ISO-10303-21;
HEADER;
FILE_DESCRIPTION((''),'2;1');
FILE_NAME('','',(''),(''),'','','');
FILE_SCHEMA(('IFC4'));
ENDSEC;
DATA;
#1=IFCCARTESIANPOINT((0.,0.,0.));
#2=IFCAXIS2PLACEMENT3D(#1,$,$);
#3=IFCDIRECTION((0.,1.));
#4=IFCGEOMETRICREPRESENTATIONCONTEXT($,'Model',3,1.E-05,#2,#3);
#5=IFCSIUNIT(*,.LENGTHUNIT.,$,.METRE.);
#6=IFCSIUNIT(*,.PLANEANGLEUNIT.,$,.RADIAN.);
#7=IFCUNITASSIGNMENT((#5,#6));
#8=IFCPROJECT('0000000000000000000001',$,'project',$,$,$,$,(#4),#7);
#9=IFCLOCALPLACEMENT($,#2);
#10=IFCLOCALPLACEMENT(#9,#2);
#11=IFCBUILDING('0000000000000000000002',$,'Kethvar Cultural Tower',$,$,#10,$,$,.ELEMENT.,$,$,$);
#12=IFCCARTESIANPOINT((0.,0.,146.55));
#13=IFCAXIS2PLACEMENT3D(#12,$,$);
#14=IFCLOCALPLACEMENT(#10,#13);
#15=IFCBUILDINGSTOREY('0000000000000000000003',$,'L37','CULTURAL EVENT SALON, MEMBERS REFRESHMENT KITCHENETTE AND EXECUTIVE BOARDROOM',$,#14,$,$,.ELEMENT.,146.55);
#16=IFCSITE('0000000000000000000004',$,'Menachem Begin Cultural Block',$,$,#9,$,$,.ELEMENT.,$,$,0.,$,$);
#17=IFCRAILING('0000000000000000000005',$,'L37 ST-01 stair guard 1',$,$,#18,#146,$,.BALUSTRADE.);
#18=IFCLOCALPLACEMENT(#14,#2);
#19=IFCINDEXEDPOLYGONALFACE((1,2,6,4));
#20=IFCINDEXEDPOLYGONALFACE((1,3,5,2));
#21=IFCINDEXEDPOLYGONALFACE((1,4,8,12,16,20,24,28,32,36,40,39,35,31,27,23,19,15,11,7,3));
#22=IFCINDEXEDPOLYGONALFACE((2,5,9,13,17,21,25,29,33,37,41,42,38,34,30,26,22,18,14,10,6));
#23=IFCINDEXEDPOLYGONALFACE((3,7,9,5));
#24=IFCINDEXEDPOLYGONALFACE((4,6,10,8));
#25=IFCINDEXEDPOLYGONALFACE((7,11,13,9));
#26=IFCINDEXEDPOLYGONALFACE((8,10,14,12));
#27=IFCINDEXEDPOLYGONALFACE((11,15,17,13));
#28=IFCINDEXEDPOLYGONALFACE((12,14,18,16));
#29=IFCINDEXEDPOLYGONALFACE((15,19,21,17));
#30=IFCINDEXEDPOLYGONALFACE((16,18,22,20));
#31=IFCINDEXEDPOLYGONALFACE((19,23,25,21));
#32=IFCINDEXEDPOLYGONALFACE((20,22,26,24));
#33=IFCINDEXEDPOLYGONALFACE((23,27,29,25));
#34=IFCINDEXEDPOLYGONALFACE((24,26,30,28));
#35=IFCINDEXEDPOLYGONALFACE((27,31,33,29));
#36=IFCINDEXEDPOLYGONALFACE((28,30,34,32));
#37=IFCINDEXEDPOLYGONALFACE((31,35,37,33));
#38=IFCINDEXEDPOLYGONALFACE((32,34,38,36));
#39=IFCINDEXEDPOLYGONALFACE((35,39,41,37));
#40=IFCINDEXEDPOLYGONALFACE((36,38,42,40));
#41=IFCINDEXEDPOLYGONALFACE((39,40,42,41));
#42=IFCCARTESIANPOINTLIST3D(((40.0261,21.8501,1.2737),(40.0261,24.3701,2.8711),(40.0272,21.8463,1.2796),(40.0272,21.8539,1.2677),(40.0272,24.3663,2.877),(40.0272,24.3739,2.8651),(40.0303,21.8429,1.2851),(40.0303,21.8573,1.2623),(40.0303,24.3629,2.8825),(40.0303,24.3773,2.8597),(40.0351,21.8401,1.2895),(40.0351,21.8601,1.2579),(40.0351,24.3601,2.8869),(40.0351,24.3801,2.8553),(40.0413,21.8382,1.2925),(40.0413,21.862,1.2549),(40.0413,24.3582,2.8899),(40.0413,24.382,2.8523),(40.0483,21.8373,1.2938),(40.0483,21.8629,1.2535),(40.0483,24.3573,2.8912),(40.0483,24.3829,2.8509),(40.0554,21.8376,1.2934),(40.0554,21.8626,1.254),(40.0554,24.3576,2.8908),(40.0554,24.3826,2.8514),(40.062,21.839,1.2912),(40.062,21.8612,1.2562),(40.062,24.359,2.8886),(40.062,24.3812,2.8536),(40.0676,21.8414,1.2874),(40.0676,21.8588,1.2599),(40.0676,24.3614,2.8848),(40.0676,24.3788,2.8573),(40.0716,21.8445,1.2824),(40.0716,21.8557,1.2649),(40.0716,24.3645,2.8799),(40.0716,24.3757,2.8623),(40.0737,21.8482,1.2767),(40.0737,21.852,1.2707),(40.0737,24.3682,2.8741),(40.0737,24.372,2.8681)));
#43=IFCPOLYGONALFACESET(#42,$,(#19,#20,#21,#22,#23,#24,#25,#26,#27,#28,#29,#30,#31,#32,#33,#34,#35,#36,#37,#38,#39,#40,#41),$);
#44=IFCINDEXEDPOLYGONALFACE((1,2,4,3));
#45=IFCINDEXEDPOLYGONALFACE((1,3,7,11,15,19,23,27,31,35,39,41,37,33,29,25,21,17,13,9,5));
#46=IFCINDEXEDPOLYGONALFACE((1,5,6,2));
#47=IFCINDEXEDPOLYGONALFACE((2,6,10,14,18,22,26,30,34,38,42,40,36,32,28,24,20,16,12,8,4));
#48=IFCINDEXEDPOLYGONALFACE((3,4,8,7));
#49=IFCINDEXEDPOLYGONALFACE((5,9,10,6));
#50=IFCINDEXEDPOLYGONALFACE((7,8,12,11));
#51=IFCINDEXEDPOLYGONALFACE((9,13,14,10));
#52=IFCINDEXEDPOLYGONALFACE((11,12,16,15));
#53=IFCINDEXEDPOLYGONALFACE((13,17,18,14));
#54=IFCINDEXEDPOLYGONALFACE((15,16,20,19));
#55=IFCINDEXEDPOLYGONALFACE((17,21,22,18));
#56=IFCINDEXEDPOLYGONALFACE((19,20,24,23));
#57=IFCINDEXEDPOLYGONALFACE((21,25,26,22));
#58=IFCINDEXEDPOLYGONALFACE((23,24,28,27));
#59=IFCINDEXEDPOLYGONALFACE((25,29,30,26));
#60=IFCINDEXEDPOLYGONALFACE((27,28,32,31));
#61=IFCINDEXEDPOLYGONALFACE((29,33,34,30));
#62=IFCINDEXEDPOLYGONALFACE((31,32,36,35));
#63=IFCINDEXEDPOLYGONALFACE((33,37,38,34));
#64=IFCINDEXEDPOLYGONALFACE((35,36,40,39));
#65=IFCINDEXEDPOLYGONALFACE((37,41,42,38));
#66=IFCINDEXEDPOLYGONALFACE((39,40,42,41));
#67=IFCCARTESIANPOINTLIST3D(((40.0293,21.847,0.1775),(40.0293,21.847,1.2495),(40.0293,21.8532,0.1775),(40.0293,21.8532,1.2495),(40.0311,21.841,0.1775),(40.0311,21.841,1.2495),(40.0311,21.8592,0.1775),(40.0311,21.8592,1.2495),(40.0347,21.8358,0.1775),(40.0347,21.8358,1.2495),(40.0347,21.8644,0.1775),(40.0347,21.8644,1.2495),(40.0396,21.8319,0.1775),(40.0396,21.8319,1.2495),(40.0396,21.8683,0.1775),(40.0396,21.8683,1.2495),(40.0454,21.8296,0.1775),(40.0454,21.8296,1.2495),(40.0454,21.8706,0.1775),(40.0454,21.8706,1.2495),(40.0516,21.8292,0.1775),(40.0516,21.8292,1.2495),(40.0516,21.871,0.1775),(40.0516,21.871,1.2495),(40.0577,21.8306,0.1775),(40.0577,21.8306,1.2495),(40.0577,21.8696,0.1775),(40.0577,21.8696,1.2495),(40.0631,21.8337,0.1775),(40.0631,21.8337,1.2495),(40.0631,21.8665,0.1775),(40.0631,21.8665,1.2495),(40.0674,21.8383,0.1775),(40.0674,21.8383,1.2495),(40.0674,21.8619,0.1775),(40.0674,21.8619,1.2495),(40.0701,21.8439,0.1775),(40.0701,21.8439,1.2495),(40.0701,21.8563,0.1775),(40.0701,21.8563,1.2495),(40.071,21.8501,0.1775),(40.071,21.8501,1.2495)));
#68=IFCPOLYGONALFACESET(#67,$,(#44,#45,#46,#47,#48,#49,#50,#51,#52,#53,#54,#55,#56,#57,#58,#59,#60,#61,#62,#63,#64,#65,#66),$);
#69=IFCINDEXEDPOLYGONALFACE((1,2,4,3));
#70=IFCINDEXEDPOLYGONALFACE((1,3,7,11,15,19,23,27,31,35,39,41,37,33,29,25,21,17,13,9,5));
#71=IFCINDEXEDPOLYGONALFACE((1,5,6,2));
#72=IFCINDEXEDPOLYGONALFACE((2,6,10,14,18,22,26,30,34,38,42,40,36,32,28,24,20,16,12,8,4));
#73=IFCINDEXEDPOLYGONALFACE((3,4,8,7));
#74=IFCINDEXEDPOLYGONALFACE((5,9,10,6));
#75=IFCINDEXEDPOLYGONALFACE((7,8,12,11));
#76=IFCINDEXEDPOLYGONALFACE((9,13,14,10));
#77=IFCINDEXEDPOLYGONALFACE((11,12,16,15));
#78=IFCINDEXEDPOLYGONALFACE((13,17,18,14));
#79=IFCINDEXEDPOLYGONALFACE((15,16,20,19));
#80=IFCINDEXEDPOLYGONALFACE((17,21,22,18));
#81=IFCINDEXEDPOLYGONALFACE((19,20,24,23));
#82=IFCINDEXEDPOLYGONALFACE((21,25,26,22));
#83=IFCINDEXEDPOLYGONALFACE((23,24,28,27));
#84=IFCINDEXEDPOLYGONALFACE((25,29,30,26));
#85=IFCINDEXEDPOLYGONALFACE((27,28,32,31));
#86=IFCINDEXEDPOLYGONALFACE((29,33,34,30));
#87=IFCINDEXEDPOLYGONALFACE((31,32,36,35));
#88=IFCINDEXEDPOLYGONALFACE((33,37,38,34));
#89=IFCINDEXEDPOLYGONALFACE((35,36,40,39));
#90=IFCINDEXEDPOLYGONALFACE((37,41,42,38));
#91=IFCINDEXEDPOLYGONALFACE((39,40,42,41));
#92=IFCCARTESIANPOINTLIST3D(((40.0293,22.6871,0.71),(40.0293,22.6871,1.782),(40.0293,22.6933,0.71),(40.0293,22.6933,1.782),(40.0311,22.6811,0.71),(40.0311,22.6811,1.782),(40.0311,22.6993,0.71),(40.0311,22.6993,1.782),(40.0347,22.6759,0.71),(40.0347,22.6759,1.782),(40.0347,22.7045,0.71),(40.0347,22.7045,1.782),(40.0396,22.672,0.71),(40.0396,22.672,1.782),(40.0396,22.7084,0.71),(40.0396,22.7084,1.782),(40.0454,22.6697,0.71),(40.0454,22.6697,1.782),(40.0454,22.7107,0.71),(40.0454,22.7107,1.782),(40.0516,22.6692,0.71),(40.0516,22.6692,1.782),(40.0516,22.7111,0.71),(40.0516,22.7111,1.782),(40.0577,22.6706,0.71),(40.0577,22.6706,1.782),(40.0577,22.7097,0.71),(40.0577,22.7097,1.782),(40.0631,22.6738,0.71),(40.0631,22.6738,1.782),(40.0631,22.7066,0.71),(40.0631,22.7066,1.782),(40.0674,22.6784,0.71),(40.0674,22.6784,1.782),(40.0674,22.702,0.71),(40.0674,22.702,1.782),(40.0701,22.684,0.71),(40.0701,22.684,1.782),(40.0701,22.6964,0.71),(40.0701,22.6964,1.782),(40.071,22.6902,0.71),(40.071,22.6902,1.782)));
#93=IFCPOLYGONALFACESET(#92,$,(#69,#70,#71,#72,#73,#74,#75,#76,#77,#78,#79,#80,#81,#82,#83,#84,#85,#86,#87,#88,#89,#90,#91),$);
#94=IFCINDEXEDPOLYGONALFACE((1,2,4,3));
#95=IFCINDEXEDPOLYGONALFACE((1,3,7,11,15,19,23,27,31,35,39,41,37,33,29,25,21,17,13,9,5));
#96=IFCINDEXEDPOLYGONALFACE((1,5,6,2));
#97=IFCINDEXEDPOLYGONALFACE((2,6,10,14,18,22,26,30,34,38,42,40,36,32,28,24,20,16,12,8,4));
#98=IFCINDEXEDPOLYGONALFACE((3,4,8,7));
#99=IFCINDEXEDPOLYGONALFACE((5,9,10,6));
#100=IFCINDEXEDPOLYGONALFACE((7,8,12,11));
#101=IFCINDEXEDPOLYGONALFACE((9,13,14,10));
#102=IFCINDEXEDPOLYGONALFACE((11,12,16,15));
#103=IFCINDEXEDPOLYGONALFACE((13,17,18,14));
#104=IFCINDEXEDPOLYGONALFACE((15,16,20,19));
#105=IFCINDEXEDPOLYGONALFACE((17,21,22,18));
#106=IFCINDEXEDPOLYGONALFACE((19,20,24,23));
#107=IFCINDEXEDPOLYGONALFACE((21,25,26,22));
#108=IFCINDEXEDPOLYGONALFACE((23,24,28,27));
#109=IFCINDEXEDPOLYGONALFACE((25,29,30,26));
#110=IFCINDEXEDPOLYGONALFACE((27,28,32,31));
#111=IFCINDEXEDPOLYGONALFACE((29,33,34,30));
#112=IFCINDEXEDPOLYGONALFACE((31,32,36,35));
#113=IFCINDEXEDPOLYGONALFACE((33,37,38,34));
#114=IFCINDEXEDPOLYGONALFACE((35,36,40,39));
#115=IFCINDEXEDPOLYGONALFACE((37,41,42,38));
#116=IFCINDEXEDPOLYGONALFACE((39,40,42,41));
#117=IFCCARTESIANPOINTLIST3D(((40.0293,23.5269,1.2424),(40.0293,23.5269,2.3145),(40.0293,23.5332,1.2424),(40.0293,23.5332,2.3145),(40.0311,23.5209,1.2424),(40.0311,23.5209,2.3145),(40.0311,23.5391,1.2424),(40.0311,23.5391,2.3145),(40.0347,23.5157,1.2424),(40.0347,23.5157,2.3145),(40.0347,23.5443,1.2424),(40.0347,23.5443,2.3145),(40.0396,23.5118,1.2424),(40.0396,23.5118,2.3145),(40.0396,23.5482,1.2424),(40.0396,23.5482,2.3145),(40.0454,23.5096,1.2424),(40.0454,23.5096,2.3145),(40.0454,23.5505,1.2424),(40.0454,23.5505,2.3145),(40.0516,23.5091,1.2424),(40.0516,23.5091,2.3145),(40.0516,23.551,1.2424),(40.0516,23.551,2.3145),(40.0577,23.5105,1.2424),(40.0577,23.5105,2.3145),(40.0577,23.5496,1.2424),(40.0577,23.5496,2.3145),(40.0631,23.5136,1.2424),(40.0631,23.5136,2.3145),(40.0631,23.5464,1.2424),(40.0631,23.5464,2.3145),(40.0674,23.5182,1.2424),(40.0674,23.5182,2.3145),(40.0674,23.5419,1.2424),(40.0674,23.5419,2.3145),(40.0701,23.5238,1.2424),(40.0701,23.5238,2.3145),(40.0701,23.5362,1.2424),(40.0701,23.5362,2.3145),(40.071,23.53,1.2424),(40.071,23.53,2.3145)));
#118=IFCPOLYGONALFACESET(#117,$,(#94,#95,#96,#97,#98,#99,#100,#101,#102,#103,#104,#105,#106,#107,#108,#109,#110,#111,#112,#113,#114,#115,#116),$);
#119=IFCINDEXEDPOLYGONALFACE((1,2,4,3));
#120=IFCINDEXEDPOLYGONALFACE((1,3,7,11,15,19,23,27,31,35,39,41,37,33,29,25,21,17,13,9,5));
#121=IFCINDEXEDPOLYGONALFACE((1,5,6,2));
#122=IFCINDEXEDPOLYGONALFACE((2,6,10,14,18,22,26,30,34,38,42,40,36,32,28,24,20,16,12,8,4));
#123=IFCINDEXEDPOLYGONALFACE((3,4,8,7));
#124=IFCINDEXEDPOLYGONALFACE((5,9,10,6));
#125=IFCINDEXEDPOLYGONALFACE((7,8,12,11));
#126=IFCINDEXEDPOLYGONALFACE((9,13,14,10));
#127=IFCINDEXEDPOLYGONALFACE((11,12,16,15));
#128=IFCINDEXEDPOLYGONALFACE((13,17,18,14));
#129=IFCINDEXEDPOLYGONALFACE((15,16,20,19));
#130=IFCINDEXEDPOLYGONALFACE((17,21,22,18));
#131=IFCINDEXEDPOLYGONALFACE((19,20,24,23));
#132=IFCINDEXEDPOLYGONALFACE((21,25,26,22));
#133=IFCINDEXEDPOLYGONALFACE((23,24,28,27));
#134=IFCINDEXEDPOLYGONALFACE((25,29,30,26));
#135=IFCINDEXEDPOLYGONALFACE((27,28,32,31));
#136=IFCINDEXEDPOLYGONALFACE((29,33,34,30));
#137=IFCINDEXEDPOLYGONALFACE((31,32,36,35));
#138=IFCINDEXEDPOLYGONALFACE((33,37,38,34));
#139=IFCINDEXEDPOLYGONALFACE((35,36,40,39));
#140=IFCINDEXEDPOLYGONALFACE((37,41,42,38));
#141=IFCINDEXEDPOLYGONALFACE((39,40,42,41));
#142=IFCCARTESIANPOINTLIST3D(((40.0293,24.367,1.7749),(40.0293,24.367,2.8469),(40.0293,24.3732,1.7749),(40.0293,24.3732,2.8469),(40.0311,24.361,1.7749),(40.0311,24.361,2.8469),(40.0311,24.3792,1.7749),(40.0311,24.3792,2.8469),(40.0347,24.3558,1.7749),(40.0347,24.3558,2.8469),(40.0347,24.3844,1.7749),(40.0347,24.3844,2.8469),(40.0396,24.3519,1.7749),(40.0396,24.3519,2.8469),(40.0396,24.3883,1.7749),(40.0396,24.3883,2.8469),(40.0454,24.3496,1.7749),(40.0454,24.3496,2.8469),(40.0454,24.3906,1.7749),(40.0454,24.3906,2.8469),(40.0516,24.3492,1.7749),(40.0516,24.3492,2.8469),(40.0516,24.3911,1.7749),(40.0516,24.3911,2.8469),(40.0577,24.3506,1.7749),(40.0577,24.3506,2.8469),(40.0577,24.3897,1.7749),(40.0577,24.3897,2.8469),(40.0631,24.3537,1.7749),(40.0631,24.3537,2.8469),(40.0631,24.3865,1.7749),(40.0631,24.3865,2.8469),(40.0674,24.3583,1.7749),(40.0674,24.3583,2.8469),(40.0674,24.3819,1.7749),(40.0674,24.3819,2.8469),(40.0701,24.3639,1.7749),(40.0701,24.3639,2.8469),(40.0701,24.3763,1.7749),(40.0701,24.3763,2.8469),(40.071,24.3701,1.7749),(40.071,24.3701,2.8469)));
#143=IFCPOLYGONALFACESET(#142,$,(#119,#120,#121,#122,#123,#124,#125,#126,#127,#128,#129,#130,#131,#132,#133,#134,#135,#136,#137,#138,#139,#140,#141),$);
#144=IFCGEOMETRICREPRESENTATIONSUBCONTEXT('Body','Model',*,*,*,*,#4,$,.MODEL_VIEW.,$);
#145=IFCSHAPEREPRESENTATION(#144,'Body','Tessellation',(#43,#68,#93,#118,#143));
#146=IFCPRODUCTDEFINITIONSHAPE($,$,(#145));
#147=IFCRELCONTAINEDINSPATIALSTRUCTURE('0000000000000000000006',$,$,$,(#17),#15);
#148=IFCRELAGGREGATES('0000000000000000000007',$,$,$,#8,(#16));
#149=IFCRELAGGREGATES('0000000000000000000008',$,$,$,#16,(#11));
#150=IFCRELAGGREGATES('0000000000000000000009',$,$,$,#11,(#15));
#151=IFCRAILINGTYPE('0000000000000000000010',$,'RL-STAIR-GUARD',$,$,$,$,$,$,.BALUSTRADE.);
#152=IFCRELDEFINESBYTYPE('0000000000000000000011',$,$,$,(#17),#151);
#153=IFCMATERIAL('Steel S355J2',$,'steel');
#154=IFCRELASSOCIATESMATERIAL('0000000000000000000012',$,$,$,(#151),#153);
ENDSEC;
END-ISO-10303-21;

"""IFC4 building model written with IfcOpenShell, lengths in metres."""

from ifc_helpers import new_model, si_unit, direction, frame, origin, origin_2d, place, context, subcontext, project, spatial, circle, extrude, material, type_object, element, save


model = new_model("IFC4")

# Units and contexts
model_context = context("Model", 3, precision=1e-05, world=origin(), true_north=direction((0.0, 1.0)))
body_context = subcontext(model_context, "Body", "Model", "MODEL_VIEW")
ifc_project = project(units=[si_unit("LENGTHUNIT", "METRE"), si_unit("PLANEANGLEUNIT", "RADIAN")], contexts=[model_context])

# Site, building, storey
site_placement = place(None, origin())
site = spatial("IfcSite", under=ifc_project, at=site_placement, Name="Menachem Begin Cultural Block", CompositionType="ELEMENT", RefElevation=0.0)
building_placement = place(site_placement, origin())
building = spatial("IfcBuilding", under=site, at=building_placement, Name="Kethvar Cultural Tower", CompositionType="ELEMENT")
storey_placement = place(building_placement, frame((0.0, 0.0, 146.55)))
storey = spatial("IfcBuildingStorey", under=building, at=storey_placement, Name="L37", Description="CULTURAL EVENT SALON, MEMBERS REFRESHMENT KITCHENETTE AND EXECUTIVE BOARDROOM", CompositionType="ELEMENT", Elevation=146.55)

# Shared definitions
ifc_material_1 = material(Name="Steel S355J2", Category="steel")

# Railing
railing_type_1 = type_object("IfcRailingType", Name="RL-STAIR-GUARD", PredefinedType="BALUSTRADE", material=ifc_material_1)
railing_1_placement = place(storey_placement, frame((40.05, 21.8501, 0.1775)))
element("IfcRailing", 1, at=railing_1_placement, inside=storey, type_object=railing_type_1, Name="L37 ST-01 stair guard 1", PredefinedType="BALUSTRADE", context=body_context, shape_type="SweptSolid", body=[
    extrude(circle(Radius=0.0239, at=origin_2d()), frame((0.0, 0.0, 1.0962), z_axis=(0.0, 0.844607, 0.535387), x_axis=(-1.0, 0.0, 0.0)), (0.0, 0.0, 1.0), 2.9836),
    extrude(circle(Radius=0.021, at=origin_2d()), origin(), (0.0, 0.0, 1.0), 1.072),
    extrude(circle(Radius=0.021, at=origin_2d()), frame((0.0, 0.8401, 0.5325)), (0.0, 0.0, 1.0), 1.072),
    extrude(circle(Radius=0.021, at=origin_2d()), frame((0.0, 1.6799, 1.0649)), (0.0, 0.0, 1.0), 1.072),
    extrude(circle(Radius=0.021, at=origin_2d()), frame((0.0, 2.52, 1.5974)), (0.0, 0.0, 1.0), 1.072),
])

save(model, "model.ifc")
